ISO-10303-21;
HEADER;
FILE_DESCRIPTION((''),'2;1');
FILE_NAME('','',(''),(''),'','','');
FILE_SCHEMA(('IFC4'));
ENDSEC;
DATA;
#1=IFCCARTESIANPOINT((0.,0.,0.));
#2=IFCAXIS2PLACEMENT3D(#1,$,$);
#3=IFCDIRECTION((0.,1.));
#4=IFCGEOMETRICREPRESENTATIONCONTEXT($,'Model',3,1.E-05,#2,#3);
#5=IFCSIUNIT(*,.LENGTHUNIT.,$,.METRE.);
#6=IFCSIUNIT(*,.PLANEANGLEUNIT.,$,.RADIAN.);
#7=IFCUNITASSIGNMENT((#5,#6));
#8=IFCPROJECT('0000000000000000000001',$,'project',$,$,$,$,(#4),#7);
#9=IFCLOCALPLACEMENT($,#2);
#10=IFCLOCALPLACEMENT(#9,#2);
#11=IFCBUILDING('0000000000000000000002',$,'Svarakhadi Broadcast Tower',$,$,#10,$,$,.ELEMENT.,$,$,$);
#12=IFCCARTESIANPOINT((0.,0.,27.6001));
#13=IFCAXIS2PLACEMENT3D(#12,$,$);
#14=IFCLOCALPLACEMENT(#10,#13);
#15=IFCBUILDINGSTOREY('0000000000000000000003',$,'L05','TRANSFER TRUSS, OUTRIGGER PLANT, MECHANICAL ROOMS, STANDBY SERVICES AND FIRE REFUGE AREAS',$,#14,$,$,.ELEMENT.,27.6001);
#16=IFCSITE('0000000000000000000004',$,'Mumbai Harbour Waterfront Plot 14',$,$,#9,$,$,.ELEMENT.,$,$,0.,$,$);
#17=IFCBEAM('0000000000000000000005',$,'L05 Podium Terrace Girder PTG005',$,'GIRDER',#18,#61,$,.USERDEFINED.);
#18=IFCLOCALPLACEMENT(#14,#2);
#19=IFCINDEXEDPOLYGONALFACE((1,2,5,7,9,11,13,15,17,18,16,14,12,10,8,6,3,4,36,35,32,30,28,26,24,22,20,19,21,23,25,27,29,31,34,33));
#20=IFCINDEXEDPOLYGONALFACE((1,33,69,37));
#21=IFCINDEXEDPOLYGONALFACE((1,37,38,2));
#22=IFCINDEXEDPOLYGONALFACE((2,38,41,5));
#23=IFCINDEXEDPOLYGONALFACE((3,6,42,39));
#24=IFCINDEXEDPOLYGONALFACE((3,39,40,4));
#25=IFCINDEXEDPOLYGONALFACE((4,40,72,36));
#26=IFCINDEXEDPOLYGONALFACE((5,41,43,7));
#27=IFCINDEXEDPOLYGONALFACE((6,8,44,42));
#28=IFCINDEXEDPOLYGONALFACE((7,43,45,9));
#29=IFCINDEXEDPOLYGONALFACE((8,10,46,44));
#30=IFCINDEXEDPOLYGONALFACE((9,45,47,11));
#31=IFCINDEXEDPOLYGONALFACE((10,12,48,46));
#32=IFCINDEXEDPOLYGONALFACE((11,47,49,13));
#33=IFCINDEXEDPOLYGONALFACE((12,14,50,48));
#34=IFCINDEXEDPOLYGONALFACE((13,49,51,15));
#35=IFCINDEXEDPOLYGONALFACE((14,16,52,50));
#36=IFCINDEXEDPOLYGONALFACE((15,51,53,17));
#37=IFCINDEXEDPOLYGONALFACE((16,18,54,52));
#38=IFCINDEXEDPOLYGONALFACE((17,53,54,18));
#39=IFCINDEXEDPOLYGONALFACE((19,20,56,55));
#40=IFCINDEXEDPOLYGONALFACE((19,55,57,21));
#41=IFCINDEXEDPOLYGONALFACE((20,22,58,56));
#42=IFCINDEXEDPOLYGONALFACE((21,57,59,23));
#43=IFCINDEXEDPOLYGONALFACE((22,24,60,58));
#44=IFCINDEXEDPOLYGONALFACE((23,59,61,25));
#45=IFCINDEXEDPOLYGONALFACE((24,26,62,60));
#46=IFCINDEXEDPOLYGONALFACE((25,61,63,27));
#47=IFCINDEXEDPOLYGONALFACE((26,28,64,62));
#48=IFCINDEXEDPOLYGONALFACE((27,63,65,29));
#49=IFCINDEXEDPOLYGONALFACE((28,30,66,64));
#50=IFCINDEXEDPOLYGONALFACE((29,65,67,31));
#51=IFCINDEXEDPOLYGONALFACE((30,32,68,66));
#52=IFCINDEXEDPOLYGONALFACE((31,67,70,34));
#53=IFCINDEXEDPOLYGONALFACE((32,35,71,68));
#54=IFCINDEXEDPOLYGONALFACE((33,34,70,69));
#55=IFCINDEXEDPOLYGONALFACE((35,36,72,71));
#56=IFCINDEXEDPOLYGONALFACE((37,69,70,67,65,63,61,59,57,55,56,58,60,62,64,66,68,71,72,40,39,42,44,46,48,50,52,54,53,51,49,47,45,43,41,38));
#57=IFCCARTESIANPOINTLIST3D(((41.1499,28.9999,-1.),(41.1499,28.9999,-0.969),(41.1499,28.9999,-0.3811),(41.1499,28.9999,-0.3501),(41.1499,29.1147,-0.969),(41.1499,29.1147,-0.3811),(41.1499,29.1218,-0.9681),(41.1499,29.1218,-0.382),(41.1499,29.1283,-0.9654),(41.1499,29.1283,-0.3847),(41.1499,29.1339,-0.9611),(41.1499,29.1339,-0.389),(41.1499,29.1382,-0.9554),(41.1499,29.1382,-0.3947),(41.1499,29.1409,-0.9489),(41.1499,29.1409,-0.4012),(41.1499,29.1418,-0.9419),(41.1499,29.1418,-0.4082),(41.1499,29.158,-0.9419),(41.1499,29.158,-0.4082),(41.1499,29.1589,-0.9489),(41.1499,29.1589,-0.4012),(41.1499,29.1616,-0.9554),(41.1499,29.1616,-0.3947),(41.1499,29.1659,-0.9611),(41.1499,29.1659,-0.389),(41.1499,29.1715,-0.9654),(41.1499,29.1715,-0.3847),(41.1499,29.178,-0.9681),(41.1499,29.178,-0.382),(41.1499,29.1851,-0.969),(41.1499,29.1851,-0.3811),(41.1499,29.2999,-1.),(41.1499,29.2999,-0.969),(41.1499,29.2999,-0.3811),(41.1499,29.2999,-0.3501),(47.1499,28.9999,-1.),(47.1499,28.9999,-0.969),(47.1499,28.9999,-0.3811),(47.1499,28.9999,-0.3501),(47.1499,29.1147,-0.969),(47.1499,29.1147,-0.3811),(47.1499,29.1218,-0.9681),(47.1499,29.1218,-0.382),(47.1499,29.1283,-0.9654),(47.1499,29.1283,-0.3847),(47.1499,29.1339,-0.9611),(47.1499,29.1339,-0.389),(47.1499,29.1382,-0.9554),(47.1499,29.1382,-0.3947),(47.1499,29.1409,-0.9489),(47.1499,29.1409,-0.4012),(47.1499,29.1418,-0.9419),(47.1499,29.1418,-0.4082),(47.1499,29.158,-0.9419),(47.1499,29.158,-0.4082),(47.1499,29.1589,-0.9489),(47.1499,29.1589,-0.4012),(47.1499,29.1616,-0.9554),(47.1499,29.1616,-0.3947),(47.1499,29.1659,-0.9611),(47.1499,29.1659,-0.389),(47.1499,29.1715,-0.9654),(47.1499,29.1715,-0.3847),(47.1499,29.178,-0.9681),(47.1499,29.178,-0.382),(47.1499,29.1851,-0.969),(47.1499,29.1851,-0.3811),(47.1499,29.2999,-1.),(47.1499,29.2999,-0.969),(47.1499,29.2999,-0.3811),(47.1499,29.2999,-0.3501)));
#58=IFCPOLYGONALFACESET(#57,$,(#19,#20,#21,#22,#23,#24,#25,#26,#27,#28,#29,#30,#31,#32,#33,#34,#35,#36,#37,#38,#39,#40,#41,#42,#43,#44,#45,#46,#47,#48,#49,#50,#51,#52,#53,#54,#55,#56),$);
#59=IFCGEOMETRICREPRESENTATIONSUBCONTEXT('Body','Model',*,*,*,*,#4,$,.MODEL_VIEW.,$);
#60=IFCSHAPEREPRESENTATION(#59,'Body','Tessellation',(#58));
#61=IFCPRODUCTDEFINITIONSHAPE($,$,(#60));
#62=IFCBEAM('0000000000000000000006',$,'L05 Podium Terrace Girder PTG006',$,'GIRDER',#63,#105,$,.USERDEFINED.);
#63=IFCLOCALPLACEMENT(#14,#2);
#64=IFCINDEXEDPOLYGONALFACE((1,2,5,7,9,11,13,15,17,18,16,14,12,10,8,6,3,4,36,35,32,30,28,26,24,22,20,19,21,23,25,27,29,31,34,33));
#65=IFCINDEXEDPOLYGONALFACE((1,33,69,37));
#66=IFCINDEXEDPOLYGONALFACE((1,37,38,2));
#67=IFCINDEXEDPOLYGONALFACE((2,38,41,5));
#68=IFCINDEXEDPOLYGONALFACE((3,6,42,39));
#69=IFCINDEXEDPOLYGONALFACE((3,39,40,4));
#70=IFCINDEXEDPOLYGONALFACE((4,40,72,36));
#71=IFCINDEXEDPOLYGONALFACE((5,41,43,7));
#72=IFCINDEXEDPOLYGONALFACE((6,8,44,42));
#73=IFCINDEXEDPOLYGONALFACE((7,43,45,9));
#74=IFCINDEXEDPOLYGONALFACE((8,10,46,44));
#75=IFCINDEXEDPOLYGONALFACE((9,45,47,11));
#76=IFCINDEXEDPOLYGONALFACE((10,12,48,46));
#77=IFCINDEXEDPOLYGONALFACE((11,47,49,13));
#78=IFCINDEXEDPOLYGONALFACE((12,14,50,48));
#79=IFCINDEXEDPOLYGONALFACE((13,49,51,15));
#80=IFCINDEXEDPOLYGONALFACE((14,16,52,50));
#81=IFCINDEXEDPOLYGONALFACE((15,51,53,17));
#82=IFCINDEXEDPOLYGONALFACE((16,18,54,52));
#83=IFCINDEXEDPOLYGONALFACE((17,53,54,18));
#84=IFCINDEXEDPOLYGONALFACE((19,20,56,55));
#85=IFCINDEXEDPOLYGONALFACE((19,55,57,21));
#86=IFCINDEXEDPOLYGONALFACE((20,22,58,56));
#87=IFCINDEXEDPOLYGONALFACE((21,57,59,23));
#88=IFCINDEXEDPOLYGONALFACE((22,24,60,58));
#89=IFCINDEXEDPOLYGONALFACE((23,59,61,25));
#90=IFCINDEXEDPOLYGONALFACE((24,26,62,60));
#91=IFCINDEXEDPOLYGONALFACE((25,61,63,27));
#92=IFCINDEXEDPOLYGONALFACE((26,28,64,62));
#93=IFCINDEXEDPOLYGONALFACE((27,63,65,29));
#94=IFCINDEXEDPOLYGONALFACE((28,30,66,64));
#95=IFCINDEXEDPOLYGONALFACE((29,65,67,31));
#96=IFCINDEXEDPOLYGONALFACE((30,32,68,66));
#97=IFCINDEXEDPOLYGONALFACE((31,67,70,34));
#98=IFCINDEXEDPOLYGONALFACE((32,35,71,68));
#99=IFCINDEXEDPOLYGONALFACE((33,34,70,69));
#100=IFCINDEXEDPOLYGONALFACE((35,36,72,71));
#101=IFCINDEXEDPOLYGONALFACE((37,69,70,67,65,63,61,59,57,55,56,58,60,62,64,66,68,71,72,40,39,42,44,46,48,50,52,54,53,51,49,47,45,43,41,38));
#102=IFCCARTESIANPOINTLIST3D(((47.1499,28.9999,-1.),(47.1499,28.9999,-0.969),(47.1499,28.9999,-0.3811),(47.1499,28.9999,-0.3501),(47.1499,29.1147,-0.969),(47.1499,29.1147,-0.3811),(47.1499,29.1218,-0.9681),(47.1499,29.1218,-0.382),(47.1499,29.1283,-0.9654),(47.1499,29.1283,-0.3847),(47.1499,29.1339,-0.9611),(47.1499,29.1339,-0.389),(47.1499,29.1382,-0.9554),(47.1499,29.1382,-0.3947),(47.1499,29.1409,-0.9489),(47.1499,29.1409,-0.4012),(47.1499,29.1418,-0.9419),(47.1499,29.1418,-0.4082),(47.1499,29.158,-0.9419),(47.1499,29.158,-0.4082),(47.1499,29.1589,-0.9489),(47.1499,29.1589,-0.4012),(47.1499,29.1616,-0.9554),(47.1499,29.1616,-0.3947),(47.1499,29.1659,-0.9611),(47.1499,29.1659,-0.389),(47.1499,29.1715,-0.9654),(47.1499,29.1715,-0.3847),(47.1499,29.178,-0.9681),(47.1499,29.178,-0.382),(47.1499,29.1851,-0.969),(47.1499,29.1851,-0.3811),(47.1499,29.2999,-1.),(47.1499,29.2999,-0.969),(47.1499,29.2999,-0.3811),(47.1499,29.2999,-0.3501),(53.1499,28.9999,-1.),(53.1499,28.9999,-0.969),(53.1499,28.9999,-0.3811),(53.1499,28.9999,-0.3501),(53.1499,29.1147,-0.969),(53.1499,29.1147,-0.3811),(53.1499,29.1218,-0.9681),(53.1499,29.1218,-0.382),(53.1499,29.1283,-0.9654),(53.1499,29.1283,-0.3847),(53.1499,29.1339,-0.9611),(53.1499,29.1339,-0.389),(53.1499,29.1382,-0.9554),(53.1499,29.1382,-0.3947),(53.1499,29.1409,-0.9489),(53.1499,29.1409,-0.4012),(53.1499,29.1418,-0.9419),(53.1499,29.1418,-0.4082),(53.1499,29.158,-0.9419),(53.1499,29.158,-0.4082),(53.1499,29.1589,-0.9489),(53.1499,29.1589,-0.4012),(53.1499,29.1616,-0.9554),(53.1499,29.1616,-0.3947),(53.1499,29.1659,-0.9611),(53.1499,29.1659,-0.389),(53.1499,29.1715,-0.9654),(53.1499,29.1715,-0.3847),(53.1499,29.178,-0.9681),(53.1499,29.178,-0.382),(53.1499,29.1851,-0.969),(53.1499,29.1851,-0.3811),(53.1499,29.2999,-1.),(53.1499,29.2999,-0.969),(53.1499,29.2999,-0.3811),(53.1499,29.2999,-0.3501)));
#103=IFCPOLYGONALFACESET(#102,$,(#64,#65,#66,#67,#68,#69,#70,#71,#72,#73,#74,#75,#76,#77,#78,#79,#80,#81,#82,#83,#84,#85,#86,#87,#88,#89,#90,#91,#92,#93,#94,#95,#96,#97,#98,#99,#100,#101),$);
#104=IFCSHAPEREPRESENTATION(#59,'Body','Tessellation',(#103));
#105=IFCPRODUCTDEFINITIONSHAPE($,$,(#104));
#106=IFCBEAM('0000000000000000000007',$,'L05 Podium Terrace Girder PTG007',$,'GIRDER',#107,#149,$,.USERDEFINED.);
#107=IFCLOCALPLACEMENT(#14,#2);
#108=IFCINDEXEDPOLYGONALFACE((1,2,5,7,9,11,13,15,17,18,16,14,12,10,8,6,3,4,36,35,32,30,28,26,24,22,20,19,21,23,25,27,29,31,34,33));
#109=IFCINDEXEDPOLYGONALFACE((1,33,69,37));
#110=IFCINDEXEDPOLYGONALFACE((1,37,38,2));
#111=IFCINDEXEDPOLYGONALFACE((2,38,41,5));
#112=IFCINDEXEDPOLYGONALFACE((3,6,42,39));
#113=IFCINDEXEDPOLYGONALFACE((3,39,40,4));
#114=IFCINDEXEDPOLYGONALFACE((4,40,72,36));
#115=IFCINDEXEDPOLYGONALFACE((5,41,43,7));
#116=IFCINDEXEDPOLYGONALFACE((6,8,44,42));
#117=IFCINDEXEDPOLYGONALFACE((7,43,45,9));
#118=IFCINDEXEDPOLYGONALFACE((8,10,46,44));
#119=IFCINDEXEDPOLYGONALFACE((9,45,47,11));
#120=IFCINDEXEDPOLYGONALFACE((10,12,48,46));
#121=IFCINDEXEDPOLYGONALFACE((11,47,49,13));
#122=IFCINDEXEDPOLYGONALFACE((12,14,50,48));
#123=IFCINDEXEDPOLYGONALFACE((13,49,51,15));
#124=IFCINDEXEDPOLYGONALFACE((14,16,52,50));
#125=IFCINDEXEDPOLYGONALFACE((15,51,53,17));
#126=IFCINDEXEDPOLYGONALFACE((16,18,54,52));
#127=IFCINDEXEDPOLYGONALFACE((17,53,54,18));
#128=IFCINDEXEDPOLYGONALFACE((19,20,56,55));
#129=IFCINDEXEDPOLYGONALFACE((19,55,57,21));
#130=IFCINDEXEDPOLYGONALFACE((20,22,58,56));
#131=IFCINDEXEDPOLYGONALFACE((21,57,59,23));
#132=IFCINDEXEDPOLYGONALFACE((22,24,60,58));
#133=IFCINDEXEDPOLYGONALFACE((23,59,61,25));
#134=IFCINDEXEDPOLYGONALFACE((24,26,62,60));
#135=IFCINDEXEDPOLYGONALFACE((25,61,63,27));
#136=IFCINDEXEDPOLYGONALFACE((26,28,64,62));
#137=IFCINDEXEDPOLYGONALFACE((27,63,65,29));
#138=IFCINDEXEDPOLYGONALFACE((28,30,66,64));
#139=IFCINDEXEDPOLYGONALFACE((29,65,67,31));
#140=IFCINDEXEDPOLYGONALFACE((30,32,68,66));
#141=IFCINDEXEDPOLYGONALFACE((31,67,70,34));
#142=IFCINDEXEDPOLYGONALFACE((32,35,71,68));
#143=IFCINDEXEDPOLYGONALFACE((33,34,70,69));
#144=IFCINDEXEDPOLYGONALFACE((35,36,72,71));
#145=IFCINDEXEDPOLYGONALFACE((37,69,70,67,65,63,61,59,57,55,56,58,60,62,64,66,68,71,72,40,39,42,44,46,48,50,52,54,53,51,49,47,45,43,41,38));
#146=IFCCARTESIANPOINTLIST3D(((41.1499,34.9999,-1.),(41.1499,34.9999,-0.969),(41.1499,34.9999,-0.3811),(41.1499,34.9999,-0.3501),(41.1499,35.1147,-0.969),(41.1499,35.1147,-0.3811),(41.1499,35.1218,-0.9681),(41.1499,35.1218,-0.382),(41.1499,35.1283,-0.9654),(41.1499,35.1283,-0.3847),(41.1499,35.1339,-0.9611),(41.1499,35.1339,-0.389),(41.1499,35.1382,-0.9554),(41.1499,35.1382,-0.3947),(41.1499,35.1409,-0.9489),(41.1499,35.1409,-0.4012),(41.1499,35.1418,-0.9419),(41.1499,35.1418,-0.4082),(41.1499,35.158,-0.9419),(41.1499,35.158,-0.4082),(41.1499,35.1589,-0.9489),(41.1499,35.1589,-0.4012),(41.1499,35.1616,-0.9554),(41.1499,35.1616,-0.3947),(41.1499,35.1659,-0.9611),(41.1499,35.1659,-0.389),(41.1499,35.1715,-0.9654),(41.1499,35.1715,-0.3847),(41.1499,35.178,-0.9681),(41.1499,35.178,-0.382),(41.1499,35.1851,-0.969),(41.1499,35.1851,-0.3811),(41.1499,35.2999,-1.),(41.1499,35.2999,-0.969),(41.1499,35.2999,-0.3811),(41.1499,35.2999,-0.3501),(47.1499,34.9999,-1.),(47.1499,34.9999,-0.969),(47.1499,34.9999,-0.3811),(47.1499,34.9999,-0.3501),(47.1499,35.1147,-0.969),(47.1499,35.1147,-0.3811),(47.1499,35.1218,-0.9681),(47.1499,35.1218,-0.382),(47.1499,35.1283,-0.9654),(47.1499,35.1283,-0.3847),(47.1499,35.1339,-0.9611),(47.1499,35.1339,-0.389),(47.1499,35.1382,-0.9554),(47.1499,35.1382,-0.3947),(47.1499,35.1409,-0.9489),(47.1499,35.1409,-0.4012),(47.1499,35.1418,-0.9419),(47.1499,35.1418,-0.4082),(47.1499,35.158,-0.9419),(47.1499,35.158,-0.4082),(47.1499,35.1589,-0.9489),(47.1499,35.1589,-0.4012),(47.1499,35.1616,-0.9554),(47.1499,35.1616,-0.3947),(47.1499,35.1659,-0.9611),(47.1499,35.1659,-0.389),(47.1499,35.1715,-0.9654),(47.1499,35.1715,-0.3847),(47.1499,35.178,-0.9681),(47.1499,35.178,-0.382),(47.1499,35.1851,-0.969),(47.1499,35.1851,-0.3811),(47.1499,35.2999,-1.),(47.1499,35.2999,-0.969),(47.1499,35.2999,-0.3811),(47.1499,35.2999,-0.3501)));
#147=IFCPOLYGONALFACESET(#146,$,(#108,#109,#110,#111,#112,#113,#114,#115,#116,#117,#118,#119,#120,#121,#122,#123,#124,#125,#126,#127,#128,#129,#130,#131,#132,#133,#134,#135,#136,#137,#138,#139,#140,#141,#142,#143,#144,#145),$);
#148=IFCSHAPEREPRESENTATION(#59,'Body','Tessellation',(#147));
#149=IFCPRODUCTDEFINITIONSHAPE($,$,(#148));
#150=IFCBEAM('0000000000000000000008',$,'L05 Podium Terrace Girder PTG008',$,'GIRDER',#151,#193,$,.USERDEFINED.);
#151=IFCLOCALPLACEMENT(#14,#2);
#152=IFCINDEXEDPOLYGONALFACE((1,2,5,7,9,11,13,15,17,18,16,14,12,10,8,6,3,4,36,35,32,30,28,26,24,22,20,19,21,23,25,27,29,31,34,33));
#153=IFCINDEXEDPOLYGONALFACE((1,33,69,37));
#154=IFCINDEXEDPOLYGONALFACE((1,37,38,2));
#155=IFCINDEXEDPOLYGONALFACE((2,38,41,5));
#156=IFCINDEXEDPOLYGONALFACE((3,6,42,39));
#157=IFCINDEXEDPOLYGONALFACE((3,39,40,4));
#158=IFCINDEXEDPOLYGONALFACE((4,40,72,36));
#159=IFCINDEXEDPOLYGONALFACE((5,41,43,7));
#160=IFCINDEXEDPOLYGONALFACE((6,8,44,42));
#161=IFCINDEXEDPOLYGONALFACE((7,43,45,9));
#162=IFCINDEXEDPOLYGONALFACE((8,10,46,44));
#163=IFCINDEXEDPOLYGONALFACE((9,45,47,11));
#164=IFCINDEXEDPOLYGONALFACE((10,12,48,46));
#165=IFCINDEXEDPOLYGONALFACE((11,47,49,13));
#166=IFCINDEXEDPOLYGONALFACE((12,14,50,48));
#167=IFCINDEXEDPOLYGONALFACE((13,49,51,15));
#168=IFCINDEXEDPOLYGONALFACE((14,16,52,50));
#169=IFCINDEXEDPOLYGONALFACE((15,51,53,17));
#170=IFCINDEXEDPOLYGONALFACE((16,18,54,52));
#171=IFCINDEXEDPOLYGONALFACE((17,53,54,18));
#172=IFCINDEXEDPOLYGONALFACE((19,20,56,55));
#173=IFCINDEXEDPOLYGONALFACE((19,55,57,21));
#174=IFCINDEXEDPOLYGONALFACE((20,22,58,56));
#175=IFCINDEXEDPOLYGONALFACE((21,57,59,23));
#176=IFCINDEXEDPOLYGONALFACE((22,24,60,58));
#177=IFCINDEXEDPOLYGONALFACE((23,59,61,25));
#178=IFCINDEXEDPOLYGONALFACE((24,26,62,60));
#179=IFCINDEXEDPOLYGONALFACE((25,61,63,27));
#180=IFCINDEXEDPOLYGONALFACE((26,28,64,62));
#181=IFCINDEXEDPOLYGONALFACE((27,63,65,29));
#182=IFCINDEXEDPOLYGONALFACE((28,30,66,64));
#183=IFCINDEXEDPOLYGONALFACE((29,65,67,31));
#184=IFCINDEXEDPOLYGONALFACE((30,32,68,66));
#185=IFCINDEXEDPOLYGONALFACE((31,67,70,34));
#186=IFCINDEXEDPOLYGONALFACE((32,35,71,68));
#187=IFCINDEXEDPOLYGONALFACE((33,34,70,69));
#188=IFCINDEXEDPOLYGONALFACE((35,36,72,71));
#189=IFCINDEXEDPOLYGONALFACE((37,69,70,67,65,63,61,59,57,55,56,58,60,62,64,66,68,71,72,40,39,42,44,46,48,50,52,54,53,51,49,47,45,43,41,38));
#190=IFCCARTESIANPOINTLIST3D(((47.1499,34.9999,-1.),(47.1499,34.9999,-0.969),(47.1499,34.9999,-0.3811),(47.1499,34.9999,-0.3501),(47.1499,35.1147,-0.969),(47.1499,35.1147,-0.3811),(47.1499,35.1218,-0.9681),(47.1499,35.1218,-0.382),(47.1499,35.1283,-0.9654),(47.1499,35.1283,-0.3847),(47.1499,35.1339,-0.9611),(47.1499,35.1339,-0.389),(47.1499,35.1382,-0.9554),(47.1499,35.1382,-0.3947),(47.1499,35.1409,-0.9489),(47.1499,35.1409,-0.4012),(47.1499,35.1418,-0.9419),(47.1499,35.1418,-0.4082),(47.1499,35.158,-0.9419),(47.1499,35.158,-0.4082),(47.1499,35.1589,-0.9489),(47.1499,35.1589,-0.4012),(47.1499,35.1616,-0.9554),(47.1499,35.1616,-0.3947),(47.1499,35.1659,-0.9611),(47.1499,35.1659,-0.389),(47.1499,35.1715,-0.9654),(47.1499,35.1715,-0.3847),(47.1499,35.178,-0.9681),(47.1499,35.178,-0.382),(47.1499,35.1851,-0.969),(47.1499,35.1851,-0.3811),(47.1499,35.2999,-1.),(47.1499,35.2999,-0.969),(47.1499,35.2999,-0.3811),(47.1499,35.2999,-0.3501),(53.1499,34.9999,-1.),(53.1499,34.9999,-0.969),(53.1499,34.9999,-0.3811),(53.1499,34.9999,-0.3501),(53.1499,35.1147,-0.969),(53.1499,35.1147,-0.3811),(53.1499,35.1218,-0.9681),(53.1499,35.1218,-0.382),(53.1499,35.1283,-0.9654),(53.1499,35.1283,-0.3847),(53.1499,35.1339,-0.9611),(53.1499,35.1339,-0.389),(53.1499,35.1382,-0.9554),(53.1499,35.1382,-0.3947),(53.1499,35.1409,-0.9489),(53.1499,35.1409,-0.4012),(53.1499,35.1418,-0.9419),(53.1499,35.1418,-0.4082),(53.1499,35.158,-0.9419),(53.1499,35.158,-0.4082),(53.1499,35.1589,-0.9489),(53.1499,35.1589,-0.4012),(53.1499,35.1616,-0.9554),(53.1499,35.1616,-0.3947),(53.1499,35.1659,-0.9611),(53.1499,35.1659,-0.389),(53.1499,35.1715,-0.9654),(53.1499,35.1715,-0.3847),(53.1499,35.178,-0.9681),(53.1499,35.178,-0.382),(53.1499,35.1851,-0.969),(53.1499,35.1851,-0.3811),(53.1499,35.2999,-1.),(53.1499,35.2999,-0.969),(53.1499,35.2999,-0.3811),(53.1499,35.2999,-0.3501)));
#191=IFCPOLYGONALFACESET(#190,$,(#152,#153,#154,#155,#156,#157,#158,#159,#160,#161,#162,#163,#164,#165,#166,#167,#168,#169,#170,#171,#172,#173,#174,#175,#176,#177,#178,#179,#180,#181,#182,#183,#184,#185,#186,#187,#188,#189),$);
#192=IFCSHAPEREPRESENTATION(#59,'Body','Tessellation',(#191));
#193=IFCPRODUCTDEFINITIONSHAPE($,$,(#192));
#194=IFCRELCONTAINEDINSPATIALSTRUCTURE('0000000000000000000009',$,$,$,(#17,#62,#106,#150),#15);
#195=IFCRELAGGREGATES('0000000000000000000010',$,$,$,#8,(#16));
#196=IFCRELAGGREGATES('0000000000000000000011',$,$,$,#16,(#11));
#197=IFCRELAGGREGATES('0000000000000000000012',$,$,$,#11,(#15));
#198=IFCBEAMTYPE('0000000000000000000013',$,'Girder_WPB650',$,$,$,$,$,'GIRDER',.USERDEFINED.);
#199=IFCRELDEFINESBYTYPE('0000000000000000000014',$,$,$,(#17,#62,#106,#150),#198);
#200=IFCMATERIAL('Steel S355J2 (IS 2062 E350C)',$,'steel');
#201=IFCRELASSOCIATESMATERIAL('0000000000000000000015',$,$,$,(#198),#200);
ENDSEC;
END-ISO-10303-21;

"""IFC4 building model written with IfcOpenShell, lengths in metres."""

from ifc_helpers import new_model, si_unit, direction, frame, origin, origin_2d, place, context, subcontext, project, spatial, i_section, extrude, material, material_profile, profile_set, type_object, element, save


model = new_model("IFC4")

# Units and contexts
model_context = context("Model", 3, precision=1e-05, world=origin(), true_north=direction((0.0, 1.0)))
body_context = subcontext(model_context, "Body", "Model", "MODEL_VIEW")
ifc_project = project(units=[si_unit("LENGTHUNIT", "METRE"), si_unit("PLANEANGLEUNIT", "RADIAN")], contexts=[model_context])

# Site, building, storey
site_placement = place(None, origin())
site = spatial("IfcSite", under=ifc_project, at=site_placement, Name="Mumbai Harbour Waterfront Plot 14", CompositionType="ELEMENT", RefElevation=0.0)
building_placement = place(site_placement, origin())
building = spatial("IfcBuilding", under=site, at=building_placement, Name="Svarakhadi Broadcast Tower", CompositionType="ELEMENT")
storey_placement = place(building_placement, frame((0.0, 0.0, 27.6001)))
storey = spatial("IfcBuildingStorey", under=building, at=storey_placement, Name="L05", Description="TRANSFER TRUSS, OUTRIGGER PLANT, MECHANICAL ROOMS, STANDBY SERVICES AND FIRE REFUGE AREAS", CompositionType="ELEMENT", Elevation=27.6001)

# Beams
ifc_material_1 = material(Name="Steel S355J2 (IS 2062 E350C)", Category="steel")
ifc_material_profile_1 = material_profile(ifc_material_1, i_section(OverallWidth=0.3, OverallDepth=0.6499, WebThickness=0.0161, FlangeThickness=0.031, FilletRadius=0.0271, at=origin_2d()), Name="WPB 650x300x225")
ifc_profile_set_1 = profile_set([ifc_material_profile_1], Name="Steel S355J2 (IS 2062 E350C)")
beam_type_1 = type_object("IfcBeamType", Name="Girder_WPB650", ElementType="GIRDER", PredefinedType="USERDEFINED", material=ifc_profile_set_1)
for number, where, z_axis, x_axis, name in (
    (1, (41.1499, 29.1499, -0.675), (1.0, 0.0, 0.0), (0.0, 1.0, 0.0), "L05 Podium Terrace Girder PTG005"),
    (2, (47.1499, 29.1499, -0.675), (1.0, 0.0, 0.0), (0.0, 1.0, 0.0), "L05 Podium Terrace Girder PTG006"),
    (3, (41.1499, 35.1499, -0.675), (1.0, 0.0, 0.0), (0.0, 1.0, 0.0), "L05 Podium Terrace Girder PTG007"),
    (4, (47.1499, 35.1499, -0.675), (1.0, 0.0, 0.0), (0.0, 1.0, 0.0), "L05 Podium Terrace Girder PTG008"),
):
    element("IfcBeam", number, at=place(storey_placement, frame(where, z_axis=z_axis, x_axis=x_axis)), inside=storey, type_object=beam_type_1, Name=name, ObjectType="GIRDER", PredefinedType="USERDEFINED", context=body_context, shape_type="SweptSolid", body=[
        extrude(i_section(OverallWidth=0.3, OverallDepth=0.6499, WebThickness=0.0161, FlangeThickness=0.031, FilletRadius=0.0271, at=origin_2d()), origin(), (0.0, 0.0, 1.0), 6.0),
    ])

save(model, "model.ifc")
